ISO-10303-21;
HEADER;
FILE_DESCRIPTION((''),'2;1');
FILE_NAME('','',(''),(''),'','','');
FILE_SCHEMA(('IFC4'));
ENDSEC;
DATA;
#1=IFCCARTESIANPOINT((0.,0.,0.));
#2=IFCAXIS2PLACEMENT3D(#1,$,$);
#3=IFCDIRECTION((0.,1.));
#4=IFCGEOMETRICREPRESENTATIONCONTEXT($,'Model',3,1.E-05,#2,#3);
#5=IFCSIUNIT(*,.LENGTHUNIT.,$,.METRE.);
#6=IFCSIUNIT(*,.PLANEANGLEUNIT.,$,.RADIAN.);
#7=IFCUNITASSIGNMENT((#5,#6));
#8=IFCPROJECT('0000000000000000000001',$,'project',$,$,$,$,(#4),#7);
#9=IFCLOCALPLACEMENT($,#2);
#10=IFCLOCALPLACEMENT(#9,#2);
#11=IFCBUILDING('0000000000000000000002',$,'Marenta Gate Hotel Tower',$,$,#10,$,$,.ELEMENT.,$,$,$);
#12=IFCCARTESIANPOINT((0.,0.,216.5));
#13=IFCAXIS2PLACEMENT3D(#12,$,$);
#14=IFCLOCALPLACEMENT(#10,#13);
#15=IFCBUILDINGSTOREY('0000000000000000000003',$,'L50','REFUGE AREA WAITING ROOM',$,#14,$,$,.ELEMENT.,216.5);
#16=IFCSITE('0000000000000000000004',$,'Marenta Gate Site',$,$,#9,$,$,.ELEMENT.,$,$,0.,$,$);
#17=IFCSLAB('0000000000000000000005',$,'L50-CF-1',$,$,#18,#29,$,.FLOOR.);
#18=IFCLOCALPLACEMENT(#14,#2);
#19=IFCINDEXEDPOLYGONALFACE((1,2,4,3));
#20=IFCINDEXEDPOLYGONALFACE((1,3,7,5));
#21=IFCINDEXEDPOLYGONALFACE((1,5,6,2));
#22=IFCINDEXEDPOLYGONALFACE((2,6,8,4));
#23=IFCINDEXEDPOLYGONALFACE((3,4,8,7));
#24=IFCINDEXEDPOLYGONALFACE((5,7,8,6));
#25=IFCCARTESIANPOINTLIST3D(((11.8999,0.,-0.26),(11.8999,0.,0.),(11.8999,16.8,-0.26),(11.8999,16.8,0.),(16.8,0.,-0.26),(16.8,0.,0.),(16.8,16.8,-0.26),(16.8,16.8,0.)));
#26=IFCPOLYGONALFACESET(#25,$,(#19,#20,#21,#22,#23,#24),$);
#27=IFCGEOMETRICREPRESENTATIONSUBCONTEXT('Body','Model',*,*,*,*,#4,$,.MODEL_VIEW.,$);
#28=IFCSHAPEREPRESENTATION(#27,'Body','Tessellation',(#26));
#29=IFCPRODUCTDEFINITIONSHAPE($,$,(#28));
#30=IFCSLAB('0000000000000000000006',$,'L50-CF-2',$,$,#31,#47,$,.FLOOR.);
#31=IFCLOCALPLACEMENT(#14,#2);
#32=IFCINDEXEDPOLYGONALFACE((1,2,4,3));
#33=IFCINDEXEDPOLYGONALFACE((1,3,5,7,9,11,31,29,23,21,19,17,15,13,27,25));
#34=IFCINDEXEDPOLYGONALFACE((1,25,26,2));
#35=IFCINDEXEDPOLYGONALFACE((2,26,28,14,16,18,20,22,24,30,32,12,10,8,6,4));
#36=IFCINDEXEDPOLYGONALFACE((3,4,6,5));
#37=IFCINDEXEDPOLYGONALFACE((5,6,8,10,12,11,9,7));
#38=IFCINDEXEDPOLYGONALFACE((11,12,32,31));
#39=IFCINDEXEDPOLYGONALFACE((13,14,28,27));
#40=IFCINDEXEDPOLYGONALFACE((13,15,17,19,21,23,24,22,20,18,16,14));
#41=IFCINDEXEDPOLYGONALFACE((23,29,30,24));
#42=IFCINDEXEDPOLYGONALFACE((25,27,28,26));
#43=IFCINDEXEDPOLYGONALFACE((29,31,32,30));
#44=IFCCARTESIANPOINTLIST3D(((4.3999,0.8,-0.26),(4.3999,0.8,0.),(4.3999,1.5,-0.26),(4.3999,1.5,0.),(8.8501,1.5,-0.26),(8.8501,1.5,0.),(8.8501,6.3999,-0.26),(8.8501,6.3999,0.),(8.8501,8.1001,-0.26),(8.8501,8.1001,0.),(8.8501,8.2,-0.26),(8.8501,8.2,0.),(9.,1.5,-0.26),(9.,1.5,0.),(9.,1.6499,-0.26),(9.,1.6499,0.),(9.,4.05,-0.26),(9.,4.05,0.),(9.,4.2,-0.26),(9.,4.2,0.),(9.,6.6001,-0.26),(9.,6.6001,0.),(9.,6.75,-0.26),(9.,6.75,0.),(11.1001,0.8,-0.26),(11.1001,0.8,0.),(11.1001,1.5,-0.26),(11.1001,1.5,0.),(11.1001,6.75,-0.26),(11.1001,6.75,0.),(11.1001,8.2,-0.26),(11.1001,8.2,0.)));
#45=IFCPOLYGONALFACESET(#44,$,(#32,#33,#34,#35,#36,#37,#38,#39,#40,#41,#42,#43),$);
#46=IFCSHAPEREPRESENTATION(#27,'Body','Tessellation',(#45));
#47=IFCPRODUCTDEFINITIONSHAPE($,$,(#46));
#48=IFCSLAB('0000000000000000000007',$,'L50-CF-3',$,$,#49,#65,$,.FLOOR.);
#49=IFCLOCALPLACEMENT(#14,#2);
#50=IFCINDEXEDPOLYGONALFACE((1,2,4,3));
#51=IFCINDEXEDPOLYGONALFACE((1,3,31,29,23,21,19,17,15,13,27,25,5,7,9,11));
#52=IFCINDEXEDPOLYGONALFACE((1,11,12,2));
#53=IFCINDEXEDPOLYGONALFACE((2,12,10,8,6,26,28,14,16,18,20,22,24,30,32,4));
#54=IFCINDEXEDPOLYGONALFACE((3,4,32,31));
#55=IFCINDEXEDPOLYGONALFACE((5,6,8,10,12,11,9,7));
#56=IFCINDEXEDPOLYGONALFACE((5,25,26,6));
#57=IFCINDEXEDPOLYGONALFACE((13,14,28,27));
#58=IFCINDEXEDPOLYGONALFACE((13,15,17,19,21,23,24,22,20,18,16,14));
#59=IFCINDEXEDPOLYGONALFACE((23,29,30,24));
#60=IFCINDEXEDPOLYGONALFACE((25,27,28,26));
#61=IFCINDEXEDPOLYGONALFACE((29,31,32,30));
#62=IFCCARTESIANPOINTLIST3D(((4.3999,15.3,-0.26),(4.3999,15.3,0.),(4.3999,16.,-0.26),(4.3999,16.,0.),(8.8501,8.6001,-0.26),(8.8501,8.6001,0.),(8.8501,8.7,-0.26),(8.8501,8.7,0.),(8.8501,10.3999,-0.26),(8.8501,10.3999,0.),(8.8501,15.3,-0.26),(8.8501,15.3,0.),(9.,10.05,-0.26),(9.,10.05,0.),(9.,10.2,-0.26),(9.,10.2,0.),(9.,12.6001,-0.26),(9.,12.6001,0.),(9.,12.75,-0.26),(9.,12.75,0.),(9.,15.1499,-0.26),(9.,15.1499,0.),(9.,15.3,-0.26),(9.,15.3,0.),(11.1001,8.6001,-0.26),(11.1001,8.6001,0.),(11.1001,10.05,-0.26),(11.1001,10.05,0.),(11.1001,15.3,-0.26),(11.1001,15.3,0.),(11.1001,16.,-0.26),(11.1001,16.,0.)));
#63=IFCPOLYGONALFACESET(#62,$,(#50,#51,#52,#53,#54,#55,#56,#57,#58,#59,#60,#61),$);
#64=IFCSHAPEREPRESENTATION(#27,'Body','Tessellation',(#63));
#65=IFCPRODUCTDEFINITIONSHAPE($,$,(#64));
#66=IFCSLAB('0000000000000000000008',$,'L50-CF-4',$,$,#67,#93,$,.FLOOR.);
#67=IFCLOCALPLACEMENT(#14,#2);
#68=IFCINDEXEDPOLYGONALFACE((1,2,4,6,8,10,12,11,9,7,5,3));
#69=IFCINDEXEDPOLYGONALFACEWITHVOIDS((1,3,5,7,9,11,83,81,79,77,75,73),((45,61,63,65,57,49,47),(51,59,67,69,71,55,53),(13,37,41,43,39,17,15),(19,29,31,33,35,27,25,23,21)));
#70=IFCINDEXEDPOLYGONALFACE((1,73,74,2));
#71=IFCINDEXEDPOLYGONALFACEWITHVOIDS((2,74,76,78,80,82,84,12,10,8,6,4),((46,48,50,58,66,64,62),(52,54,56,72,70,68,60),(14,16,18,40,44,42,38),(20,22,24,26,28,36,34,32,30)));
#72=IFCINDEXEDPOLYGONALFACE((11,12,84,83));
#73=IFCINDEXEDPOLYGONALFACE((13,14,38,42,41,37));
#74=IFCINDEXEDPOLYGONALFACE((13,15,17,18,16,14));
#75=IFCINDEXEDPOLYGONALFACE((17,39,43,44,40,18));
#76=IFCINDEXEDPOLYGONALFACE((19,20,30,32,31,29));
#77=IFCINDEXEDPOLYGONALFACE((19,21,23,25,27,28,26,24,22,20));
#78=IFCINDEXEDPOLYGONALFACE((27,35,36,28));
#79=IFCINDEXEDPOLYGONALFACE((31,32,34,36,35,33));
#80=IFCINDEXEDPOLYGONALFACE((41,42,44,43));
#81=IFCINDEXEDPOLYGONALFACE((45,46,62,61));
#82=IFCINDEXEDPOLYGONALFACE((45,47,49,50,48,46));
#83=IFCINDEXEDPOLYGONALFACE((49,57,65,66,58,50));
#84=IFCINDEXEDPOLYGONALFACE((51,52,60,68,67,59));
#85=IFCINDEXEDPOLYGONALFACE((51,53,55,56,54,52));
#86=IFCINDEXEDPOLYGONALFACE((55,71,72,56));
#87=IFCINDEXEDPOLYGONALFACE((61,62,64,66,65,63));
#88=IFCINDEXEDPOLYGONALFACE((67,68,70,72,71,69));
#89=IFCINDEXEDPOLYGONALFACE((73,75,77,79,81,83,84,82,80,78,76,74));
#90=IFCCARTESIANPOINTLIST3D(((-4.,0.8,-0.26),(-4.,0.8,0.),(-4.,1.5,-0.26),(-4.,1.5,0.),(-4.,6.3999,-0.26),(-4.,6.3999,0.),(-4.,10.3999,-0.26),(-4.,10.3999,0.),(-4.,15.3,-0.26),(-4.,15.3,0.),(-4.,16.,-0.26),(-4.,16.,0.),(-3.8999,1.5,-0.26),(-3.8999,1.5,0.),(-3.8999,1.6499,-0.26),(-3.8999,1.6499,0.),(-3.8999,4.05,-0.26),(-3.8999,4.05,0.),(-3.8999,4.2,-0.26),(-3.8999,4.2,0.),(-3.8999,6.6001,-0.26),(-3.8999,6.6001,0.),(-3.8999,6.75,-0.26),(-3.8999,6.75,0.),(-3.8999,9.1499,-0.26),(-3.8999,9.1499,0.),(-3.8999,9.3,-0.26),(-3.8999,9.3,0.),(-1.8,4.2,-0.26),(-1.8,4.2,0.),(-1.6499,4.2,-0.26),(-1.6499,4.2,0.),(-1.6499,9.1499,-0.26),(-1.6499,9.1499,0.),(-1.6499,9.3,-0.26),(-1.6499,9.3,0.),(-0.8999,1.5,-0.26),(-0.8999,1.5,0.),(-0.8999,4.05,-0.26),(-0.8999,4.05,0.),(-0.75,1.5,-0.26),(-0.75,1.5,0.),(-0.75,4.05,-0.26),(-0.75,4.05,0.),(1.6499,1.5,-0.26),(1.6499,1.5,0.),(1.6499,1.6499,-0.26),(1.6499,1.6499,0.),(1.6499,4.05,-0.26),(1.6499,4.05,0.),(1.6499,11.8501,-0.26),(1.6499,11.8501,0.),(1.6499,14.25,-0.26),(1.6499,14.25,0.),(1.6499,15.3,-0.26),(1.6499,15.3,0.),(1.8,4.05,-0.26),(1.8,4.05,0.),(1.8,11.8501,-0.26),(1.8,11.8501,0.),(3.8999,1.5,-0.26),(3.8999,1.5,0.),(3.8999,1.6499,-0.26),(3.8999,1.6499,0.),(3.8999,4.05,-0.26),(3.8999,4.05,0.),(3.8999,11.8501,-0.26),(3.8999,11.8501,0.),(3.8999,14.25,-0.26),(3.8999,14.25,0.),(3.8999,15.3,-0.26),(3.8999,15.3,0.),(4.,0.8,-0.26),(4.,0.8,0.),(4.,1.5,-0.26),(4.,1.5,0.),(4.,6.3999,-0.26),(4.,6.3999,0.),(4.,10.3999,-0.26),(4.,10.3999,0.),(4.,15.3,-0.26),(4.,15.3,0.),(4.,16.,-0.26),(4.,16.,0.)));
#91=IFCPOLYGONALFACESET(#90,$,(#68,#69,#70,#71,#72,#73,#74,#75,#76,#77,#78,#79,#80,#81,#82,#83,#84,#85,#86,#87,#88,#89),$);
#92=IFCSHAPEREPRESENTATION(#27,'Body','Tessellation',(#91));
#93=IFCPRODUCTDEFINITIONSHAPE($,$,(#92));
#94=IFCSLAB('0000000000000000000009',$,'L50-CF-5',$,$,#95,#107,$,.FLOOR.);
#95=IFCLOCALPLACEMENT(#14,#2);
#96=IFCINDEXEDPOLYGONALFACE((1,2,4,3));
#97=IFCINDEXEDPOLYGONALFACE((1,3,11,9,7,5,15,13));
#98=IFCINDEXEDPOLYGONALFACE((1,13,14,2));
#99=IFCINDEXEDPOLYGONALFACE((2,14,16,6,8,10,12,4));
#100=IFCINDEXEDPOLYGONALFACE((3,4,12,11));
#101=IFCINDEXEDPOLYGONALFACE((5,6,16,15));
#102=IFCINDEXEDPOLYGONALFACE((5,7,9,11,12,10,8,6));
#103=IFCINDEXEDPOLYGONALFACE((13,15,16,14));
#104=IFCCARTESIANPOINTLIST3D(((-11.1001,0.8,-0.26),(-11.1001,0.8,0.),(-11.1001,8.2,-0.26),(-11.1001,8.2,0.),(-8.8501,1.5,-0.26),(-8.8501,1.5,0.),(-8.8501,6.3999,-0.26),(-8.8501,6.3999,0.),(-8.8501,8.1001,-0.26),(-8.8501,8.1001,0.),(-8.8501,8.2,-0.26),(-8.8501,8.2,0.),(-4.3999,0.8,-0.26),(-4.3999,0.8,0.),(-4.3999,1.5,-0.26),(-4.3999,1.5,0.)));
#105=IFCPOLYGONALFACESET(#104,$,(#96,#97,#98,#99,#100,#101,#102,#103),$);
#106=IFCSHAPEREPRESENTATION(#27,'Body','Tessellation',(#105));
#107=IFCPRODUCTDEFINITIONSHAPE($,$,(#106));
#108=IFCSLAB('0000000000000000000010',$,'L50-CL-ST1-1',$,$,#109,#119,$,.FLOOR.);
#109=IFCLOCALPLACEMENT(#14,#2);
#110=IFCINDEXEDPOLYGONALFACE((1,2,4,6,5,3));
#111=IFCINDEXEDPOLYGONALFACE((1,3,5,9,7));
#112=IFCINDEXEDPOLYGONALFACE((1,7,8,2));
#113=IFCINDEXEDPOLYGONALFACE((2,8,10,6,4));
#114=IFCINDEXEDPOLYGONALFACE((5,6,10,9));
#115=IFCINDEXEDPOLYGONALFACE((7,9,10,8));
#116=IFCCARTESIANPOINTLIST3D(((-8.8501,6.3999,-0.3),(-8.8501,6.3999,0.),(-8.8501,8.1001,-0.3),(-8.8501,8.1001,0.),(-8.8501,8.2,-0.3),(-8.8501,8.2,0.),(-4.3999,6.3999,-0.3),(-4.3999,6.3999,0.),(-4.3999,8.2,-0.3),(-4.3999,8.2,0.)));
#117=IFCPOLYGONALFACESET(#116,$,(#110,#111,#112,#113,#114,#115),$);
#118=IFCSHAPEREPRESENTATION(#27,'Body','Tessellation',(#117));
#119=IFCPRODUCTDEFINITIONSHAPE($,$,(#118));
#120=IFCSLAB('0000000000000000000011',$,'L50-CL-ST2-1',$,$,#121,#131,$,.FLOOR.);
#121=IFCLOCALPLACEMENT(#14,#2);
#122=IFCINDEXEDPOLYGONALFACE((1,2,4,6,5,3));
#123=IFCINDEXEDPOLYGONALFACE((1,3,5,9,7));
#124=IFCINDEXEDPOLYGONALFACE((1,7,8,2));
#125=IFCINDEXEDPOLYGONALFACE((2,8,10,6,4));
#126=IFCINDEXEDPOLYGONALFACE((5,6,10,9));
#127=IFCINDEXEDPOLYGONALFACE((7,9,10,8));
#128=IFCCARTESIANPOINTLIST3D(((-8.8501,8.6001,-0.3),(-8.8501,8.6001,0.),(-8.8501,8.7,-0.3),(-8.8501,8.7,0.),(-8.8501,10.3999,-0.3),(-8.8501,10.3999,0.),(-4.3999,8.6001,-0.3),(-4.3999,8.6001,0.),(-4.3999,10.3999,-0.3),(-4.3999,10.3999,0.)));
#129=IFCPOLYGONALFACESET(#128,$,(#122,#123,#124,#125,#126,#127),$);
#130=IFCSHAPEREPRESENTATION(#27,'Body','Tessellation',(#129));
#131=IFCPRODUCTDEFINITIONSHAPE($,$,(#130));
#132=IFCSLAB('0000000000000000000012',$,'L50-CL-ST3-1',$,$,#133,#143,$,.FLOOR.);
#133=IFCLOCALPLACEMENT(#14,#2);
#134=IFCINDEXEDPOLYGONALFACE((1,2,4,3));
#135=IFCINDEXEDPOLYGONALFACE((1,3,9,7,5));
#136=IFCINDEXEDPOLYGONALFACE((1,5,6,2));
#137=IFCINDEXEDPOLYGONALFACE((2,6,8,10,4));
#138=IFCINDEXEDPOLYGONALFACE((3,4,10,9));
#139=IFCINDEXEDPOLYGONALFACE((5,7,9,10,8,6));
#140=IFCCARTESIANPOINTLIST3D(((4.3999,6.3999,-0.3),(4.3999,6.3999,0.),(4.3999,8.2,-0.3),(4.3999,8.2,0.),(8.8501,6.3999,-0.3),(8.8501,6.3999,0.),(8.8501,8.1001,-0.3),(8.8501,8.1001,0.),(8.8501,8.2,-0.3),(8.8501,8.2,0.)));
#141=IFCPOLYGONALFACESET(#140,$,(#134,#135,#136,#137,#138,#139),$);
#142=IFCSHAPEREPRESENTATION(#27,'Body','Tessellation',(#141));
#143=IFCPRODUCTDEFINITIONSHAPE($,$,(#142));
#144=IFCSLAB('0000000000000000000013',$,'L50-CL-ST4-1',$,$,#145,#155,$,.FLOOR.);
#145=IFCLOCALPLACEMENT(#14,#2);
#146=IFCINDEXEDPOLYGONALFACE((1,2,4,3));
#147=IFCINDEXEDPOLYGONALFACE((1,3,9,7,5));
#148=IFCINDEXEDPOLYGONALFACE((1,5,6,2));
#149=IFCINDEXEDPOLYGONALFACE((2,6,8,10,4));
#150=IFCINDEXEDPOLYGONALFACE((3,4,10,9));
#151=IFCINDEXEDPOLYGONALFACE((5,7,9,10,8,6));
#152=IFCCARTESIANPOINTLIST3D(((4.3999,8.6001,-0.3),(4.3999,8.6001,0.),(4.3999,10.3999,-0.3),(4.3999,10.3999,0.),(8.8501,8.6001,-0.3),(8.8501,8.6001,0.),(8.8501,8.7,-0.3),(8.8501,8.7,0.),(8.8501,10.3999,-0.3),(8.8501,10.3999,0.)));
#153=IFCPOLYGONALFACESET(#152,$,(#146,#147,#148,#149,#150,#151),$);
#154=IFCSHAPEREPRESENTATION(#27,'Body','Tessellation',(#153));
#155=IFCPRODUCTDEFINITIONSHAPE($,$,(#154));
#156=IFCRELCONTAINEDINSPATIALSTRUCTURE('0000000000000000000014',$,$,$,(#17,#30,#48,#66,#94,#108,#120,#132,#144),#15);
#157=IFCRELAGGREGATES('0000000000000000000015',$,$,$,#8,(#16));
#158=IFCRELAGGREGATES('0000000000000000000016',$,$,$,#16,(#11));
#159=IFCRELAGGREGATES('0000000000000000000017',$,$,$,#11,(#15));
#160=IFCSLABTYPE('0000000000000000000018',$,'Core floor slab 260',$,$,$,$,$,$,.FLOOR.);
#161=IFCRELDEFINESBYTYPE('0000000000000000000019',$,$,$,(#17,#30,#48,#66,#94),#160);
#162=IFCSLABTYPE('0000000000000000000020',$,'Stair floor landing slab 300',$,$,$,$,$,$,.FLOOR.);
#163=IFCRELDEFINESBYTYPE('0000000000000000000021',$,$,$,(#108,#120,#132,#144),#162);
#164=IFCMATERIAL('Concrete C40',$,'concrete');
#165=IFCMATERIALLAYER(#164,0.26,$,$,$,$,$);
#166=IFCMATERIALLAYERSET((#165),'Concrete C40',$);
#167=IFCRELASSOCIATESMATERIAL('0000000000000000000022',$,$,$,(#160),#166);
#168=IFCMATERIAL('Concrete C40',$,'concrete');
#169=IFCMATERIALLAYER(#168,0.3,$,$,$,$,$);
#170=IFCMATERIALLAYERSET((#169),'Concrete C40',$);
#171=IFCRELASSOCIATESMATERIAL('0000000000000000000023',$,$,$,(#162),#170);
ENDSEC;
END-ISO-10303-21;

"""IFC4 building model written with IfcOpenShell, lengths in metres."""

from ifc_helpers import new_model, si_unit, direction, frame, origin, place, context, subcontext, project, spatial, polyline, outline, extrude, material, layer, layer_set, type_object, element, save


model = new_model("IFC4")

# Units and contexts
model_context = context("Model", 3, precision=1e-05, world=origin(), true_north=direction((0.0, 1.0)))
body_context = subcontext(model_context, "Body", "Model", "MODEL_VIEW")
ifc_project = project(units=[si_unit("LENGTHUNIT", "METRE"), si_unit("PLANEANGLEUNIT", "RADIAN")], contexts=[model_context])

# Site, building, storey
site_placement = place(None, origin())
site = spatial("IfcSite", under=ifc_project, at=site_placement, Name="Marenta Gate Site", CompositionType="ELEMENT", RefElevation=0.0)
building_placement = place(site_placement, origin())
building = spatial("IfcBuilding", under=site, at=building_placement, Name="Marenta Gate Hotel Tower", CompositionType="ELEMENT")
storey_placement = place(building_placement, frame((0.0, 0.0, 216.5)))
storey = spatial("IfcBuildingStorey", under=building, at=storey_placement, Name="L50", Description="REFUGE AREA WAITING ROOM", CompositionType="ELEMENT", Elevation=216.5)

# Slabs
ifc_material_1 = material(Name="Concrete C40", Category="concrete")
ifc_layer_1 = layer(ifc_material_1, 0.26)
ifc_layer_set_1 = layer_set([ifc_layer_1], Name="Concrete C40")
slab_type_1 = type_object("IfcSlabType", Name="Core floor slab 260", PredefinedType="FLOOR", material=ifc_layer_set_1)
slab_1_placement = place(storey_placement, frame((0.0, 0.0, -0.26)))
element("IfcSlab", 1, at=slab_1_placement, inside=storey, type_object=slab_type_1, Name="L50-CF-1", PredefinedType="FLOOR", context=body_context, shape_type="SweptSolid", body=[
    extrude(outline(polyline([(11.8999, 0.0), (11.8999, 16.8), (16.8, 16.8), (16.8, 0.0), (11.8999, 0.0)])), origin(), (0.0, 0.0, 1.0), 0.26),
])
slab_2_placement = place(storey_placement, frame((0.0, 0.0, -0.26)))
element("IfcSlab", 2, at=slab_2_placement, inside=storey, type_object=slab_type_1, Name="L50-CF-2", PredefinedType="FLOOR", context=body_context, shape_type="SweptSolid", body=[
    extrude(outline(polyline([(8.8501, 1.5), (8.8501, 6.3999), (8.8501, 8.1001), (8.8501, 8.2), (11.1001, 8.2), (11.1001, 6.75), (9.0, 6.75), (9.0, 6.6001), (9.0, 4.2), (9.0, 4.05), (9.0, 1.6499), (9.0, 1.5), (11.1001, 1.5), (11.1001, 0.8), (4.3999, 0.8), (4.3999, 1.5), (8.8501, 1.5)])), origin(), (0.0, 0.0, 1.0), 0.26),
])
slab_3_placement = place(storey_placement, frame((0.0, 0.0, -0.26)))
element("IfcSlab", 3, at=slab_3_placement, inside=storey, type_object=slab_type_1, Name="L50-CF-3", PredefinedType="FLOOR", context=body_context, shape_type="SweptSolid", body=[
    extrude(outline(polyline([(8.8501, 15.3), (4.3999, 15.3), (4.3999, 16.0), (11.1001, 16.0), (11.1001, 15.3), (9.0, 15.3), (9.0, 15.1499), (9.0, 12.75), (9.0, 12.6001), (9.0, 10.2), (9.0, 10.05), (11.1001, 10.05), (11.1001, 8.6001), (8.8501, 8.6001), (8.8501, 8.7), (8.8501, 10.3999), (8.8501, 15.3)])), origin(), (0.0, 0.0, 1.0), 0.26),
])
slab_4_placement = place(storey_placement, frame((0.0, 0.0, -0.26)))
element("IfcSlab", 4, at=slab_4_placement, inside=storey, type_object=slab_type_1, Name="L50-CF-4", PredefinedType="FLOOR", context=body_context, shape_type="SweptSolid", body=[
    extrude(outline(polyline([(4.0, 15.3), (4.0, 10.3999), (4.0, 6.3999), (4.0, 1.5), (4.0, 0.8), (-4.0, 0.8), (-4.0, 1.5), (-4.0, 6.3999), (-4.0, 10.3999), (-4.0, 15.3), (-4.0, 16.0), (4.0, 16.0), (4.0, 15.3)]), holes=[polyline([(1.6499, 14.25), (1.6499, 11.8501), (1.8, 11.8501), (3.8999, 11.8501), (3.8999, 14.25), (3.8999, 15.3), (1.6499, 15.3), (1.6499, 14.25)]), polyline([(3.8999, 1.6499), (3.8999, 4.05), (1.8, 4.05), (1.6499, 4.05), (1.6499, 1.6499), (1.6499, 1.5), (3.8999, 1.5), (3.8999, 1.6499)]), polyline([(-3.8999, 1.6499), (-3.8999, 1.5), (-0.8999, 1.5), (-0.75, 1.5), (-0.75, 4.05), (-0.8999, 4.05), (-3.8999, 4.05), (-3.8999, 1.6499)]), polyline([(-1.8, 4.2), (-1.6499, 4.2), (-1.6499, 9.1499), (-1.6499, 9.3), (-3.8999, 9.3), (-3.8999, 9.1499), (-3.8999, 6.75), (-3.8999, 6.6001), (-3.8999, 4.2), (-1.8, 4.2)])]), origin(), (0.0, 0.0, 1.0), 0.26),
])
slab_5_placement = place(storey_placement, frame((0.0, 0.0, -0.26)))
element("IfcSlab", 5, at=slab_5_placement, inside=storey, type_object=slab_type_1, Name="L50-CF-5", PredefinedType="FLOOR", context=body_context, shape_type="SweptSolid", body=[
    extrude(outline(polyline([(-8.8501, 8.2), (-8.8501, 8.1001), (-8.8501, 6.3999), (-8.8501, 1.5), (-4.3999, 1.5), (-4.3999, 0.8), (-11.1001, 0.8), (-11.1001, 8.2), (-8.8501, 8.2)])), origin(), (0.0, 0.0, 1.0), 0.26),
])
ifc_material_2 = material(Name="Concrete C40", Category="concrete")
ifc_layer_2 = layer(ifc_material_2, 0.3)
ifc_layer_set_2 = layer_set([ifc_layer_2], Name="Concrete C40")
slab_type_2 = type_object("IfcSlabType", Name="Stair floor landing slab 300", PredefinedType="FLOOR", material=ifc_layer_set_2)
slab_6_placement = place(storey_placement, frame((0.0, 0.0, -0.3)))
element("IfcSlab", 6, at=slab_6_placement, inside=storey, type_object=slab_type_2, Name="L50-CL-ST1-1", PredefinedType="FLOOR", context=body_context, shape_type="SweptSolid", body=[
    extrude(outline(polyline([(-4.3999, 6.3999), (-8.8501, 6.3999), (-8.8501, 8.1001), (-8.8501, 8.2), (-4.3999, 8.2), (-4.3999, 6.3999)])), origin(), (0.0, 0.0, 1.0), 0.3),
])
slab_7_placement = place(storey_placement, frame((0.0, 0.0, -0.3)))
element("IfcSlab", 7, at=slab_7_placement, inside=storey, type_object=slab_type_2, Name="L50-CL-ST2-1", PredefinedType="FLOOR", context=body_context, shape_type="SweptSolid", body=[
    extrude(outline(polyline([(-4.3999, 8.6001), (-8.8501, 8.6001), (-8.8501, 8.7), (-8.8501, 10.3999), (-4.3999, 10.3999), (-4.3999, 8.6001)])), origin(), (0.0, 0.0, 1.0), 0.3),
])
slab_8_placement = place(storey_placement, frame((0.0, 0.0, -0.3)))
element("IfcSlab", 8, at=slab_8_placement, inside=storey, type_object=slab_type_2, Name="L50-CL-ST3-1", PredefinedType="FLOOR", context=body_context, shape_type="SweptSolid", body=[
    extrude(outline(polyline([(4.3999, 6.3999), (4.3999, 8.2), (8.8501, 8.2), (8.8501, 8.1001), (8.8501, 6.3999), (4.3999, 6.3999)])), origin(), (0.0, 0.0, 1.0), 0.3),
])
slab_9_placement = place(storey_placement, frame((0.0, 0.0, -0.3)))
element("IfcSlab", 9, at=slab_9_placement, inside=storey, type_object=slab_type_2, Name="L50-CL-ST4-1", PredefinedType="FLOOR", context=body_context, shape_type="SweptSolid", body=[
    extrude(outline(polyline([(4.3999, 8.6001), (4.3999, 10.3999), (8.8501, 10.3999), (8.8501, 8.7), (8.8501, 8.6001), (4.3999, 8.6001)])), origin(), (0.0, 0.0, 1.0), 0.3),
])

save(model, "model.ifc")
